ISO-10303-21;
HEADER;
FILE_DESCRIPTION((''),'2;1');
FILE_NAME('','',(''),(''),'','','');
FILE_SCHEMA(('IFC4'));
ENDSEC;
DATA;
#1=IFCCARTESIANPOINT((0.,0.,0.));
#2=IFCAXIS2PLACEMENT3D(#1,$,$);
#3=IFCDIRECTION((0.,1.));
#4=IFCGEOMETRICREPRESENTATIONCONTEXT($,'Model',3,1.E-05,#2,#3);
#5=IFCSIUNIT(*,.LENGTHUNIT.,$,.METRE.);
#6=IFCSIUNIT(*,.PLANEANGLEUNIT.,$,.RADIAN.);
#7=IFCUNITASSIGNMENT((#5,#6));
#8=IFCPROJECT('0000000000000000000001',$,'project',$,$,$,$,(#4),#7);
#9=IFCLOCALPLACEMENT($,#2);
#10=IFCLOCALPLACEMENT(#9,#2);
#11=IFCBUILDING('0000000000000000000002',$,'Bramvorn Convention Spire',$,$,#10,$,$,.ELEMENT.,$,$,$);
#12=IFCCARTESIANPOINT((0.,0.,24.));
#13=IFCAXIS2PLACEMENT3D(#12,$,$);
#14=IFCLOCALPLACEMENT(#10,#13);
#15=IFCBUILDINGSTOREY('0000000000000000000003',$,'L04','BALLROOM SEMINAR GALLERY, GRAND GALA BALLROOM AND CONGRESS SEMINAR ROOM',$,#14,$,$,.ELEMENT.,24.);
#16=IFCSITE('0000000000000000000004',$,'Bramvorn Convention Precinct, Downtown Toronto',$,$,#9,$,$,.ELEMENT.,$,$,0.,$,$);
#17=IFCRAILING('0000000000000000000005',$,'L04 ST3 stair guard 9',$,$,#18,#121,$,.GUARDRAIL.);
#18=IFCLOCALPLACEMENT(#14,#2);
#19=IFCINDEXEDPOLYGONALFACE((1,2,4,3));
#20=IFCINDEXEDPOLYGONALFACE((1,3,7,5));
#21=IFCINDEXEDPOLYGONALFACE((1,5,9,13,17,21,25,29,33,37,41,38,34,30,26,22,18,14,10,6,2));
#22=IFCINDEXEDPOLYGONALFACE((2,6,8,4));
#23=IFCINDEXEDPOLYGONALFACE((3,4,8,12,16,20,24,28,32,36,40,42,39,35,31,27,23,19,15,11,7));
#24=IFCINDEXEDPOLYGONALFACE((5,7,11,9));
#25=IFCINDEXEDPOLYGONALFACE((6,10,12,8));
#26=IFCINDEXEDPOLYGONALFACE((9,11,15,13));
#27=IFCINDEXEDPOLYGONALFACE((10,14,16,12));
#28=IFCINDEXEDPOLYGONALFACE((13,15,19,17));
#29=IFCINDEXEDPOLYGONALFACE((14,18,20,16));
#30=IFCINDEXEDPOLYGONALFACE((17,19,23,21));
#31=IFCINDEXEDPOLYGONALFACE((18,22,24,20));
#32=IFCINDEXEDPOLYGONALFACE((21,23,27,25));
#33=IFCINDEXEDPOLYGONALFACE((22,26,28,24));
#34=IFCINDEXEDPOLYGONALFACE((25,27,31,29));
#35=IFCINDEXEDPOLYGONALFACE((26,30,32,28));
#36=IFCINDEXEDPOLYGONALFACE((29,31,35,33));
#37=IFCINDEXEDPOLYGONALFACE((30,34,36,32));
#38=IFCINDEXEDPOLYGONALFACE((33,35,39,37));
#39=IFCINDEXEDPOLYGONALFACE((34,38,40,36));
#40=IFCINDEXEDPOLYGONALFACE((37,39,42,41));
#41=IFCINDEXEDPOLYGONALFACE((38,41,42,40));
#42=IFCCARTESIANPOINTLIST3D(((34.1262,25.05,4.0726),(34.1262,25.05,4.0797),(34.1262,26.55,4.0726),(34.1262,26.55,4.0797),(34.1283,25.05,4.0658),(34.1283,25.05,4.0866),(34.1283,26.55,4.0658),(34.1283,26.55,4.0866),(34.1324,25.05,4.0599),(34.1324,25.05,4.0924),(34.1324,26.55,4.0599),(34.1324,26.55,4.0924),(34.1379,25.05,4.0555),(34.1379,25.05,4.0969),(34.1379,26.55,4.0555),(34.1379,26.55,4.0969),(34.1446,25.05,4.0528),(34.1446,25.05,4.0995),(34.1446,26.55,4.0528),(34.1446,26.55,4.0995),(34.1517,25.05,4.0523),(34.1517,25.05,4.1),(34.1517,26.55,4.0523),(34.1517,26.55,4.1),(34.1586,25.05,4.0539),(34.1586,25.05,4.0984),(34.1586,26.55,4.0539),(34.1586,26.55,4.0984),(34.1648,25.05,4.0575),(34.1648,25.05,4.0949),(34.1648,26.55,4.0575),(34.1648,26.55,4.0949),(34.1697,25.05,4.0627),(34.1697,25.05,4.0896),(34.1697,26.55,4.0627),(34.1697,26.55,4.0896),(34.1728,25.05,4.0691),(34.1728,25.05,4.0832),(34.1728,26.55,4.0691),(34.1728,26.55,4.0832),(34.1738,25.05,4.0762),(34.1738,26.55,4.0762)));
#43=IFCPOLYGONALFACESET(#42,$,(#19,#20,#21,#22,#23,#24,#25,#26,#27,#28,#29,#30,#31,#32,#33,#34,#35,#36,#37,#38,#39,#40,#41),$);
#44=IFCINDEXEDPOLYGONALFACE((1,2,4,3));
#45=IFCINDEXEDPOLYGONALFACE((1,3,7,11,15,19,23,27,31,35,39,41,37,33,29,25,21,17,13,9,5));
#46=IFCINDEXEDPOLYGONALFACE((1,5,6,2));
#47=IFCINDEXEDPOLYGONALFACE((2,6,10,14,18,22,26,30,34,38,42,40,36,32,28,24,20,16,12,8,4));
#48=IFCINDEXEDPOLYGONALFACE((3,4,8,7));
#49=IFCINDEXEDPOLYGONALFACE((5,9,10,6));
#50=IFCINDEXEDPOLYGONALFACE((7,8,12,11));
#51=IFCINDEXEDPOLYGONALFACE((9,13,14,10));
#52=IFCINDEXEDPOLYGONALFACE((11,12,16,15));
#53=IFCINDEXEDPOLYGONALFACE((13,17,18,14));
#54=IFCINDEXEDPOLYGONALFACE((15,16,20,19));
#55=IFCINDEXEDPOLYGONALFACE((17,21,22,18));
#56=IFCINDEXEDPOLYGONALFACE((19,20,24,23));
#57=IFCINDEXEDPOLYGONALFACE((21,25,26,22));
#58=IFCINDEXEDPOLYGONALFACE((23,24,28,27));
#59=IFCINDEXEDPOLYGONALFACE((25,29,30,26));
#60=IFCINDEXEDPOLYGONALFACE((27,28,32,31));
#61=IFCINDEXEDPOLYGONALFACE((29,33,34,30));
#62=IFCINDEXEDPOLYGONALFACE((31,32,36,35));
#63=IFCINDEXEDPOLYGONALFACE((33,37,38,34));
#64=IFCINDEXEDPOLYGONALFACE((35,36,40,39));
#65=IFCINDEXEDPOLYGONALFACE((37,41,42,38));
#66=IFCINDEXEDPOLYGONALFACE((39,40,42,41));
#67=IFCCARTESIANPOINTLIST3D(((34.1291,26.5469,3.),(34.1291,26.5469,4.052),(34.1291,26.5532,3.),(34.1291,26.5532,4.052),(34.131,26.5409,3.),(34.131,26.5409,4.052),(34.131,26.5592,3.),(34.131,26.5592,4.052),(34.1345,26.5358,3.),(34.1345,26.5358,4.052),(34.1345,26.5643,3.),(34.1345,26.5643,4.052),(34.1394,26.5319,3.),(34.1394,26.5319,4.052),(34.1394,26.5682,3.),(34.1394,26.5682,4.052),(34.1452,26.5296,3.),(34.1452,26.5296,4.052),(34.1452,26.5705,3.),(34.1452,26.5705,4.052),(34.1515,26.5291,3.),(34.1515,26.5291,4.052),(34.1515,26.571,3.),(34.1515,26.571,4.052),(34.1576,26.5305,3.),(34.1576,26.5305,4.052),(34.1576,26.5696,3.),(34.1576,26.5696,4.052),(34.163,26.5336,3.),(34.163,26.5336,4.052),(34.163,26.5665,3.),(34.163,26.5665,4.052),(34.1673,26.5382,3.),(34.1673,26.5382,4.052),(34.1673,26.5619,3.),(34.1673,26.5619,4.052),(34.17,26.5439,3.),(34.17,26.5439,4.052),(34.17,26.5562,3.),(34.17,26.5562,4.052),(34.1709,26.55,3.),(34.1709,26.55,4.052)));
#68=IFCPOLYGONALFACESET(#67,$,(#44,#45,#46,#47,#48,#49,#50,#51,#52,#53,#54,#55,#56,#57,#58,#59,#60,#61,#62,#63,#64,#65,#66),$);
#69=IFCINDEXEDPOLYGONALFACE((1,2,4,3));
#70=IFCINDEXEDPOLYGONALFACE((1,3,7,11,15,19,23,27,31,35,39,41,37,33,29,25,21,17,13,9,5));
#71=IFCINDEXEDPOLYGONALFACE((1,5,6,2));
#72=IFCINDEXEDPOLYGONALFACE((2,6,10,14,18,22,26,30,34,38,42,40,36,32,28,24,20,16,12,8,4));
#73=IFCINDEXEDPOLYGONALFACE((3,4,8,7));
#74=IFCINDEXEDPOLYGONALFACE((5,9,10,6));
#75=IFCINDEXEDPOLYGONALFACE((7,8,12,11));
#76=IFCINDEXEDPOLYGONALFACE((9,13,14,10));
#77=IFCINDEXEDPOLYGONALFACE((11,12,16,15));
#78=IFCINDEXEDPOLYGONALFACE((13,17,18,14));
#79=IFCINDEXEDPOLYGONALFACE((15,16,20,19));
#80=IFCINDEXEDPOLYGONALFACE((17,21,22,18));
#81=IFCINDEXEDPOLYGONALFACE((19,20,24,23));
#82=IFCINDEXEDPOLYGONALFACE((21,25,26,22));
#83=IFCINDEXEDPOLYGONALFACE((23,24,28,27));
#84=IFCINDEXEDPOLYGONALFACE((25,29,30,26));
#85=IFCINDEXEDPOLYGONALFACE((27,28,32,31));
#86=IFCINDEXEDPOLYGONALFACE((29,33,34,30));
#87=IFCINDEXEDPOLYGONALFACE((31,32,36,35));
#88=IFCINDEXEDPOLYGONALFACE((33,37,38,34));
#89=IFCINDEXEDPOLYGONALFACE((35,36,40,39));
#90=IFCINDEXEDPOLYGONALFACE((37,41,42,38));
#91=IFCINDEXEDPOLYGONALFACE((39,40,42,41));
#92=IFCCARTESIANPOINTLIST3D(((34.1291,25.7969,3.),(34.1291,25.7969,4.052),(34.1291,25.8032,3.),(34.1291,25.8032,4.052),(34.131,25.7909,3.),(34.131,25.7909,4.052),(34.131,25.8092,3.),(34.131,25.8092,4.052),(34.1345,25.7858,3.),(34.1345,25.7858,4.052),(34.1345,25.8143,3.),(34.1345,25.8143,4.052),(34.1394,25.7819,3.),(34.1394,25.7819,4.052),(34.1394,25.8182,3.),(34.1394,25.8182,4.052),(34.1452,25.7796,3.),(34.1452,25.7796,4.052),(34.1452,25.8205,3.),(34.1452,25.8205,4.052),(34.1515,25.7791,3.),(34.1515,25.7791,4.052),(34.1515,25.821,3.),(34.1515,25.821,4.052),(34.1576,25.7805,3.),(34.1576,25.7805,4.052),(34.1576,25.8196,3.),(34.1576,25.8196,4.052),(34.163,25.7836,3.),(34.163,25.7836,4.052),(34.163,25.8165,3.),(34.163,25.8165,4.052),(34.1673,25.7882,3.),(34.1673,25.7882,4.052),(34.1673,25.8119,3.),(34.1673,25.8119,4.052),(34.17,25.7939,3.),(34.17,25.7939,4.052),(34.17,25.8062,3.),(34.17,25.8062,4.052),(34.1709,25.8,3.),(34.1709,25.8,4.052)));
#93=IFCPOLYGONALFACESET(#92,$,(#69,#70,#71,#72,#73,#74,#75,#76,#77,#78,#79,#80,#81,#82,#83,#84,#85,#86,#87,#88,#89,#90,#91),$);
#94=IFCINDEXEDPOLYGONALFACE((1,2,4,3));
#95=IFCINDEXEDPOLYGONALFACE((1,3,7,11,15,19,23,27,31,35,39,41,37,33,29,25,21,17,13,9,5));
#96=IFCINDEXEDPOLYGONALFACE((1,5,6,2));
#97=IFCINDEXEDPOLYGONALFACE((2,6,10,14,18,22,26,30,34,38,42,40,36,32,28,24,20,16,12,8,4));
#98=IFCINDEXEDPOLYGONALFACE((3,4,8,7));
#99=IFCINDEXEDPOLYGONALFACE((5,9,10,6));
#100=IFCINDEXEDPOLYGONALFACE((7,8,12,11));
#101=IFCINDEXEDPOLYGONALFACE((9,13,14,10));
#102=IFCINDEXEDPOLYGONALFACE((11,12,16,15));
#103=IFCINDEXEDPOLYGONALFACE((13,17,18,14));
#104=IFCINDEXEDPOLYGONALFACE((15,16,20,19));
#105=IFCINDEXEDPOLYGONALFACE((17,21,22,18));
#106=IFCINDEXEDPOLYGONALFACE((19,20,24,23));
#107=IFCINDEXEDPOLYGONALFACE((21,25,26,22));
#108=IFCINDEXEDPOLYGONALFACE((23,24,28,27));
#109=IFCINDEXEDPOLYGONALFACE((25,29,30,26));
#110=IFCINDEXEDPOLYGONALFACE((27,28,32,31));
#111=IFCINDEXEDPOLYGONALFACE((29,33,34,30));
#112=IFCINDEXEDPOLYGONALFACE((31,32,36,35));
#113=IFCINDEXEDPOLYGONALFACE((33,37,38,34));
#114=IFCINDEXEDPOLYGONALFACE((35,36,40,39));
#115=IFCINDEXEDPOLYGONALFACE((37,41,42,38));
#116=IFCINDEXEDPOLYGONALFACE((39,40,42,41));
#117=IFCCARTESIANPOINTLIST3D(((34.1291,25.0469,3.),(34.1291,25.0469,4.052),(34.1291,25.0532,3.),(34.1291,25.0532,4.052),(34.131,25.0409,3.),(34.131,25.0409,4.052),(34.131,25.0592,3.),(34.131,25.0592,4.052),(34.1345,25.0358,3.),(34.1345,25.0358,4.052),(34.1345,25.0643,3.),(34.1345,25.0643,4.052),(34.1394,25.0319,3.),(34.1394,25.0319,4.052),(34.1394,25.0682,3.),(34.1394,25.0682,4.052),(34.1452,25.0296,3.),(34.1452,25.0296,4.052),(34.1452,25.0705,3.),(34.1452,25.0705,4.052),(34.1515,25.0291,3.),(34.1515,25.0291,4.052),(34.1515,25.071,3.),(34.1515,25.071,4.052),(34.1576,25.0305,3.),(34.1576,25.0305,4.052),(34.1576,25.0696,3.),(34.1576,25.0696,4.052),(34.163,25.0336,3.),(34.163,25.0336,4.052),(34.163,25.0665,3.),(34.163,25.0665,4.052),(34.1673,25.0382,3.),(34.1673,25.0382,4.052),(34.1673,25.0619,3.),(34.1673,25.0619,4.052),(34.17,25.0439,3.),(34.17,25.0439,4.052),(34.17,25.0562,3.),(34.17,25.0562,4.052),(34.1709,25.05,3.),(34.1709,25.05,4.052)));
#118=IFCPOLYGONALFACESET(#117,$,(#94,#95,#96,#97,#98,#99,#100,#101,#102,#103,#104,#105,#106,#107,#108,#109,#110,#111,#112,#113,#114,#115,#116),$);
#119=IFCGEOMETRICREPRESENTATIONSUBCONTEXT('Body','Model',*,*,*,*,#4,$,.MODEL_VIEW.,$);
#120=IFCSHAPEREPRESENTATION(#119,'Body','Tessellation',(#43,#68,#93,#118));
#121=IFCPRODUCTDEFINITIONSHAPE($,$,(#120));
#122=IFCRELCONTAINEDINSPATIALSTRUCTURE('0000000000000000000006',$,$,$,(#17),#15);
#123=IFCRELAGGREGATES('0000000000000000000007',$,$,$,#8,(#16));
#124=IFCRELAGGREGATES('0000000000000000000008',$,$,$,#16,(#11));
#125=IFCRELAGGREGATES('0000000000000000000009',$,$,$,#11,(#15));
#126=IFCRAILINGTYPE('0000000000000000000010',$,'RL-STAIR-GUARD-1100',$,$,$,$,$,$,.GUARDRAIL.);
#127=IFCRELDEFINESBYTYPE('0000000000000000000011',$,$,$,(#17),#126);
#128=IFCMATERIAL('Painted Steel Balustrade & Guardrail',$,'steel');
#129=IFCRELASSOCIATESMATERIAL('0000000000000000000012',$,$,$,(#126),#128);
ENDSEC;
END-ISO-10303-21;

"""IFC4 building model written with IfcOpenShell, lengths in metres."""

from ifc_helpers import new_model, si_unit, direction, frame, origin, origin_2d, place, context, subcontext, project, spatial, circle, extrude, material, type_object, element, save


model = new_model("IFC4")

# Units and contexts
model_context = context("Model", 3, precision=1e-05, world=origin(), true_north=direction((0.0, 1.0)))
body_context = subcontext(model_context, "Body", "Model", "MODEL_VIEW")
ifc_project = project(units=[si_unit("LENGTHUNIT", "METRE"), si_unit("PLANEANGLEUNIT", "RADIAN")], contexts=[model_context])

# Site, building, storey
site_placement = place(None, origin())
site = spatial("IfcSite", under=ifc_project, at=site_placement, Name="Bramvorn Convention Precinct, Downtown Toronto", CompositionType="ELEMENT", RefElevation=0.0)
building_placement = place(site_placement, origin())
building = spatial("IfcBuilding", under=site, at=building_placement, Name="Bramvorn Convention Spire", CompositionType="ELEMENT")
storey_placement = place(building_placement, frame((0.0, 0.0, 24.0)))
storey = spatial("IfcBuildingStorey", under=building, at=storey_placement, Name="L04", Description="BALLROOM SEMINAR GALLERY, GRAND GALA BALLROOM AND CONGRESS SEMINAR ROOM", CompositionType="ELEMENT", Elevation=24.0)

# Railing
ifc_material_1 = material(Name="Painted Steel Balustrade & Guardrail", Category="steel")
railing_type_1 = type_object("IfcRailingType", Name="RL-STAIR-GUARD-1100", PredefinedType="GUARDRAIL", material=ifc_material_1)
railing_1_placement = place(storey_placement, frame((34.1499, 26.55, 3.0)))
element("IfcRailing", 1, at=railing_1_placement, inside=storey, type_object=railing_type_1, Name="L04 ST3 stair guard 9", PredefinedType="GUARDRAIL", context=body_context, shape_type="SweptSolid", body=[
    extrude(circle(Radius=0.0239, at=origin_2d()), frame((0.0, 0.0, 1.0762), z_axis=(0.0, -1.0, 0.0), x_axis=(1.0, 0.0, 0.0)), (0.0, 0.0, 1.0), 1.5),
    extrude(circle(Radius=0.021, at=origin_2d()), origin(), (0.0, 0.0, 1.0), 1.052),
    extrude(circle(Radius=0.021, at=origin_2d()), frame((0.0, -0.75, 0.0)), (0.0, 0.0, 1.0), 1.052),
    extrude(circle(Radius=0.021, at=origin_2d()), frame((0.0, -1.5, 0.0)), (0.0, 0.0, 1.0), 1.052),
])

save(model, "model.ifc")
